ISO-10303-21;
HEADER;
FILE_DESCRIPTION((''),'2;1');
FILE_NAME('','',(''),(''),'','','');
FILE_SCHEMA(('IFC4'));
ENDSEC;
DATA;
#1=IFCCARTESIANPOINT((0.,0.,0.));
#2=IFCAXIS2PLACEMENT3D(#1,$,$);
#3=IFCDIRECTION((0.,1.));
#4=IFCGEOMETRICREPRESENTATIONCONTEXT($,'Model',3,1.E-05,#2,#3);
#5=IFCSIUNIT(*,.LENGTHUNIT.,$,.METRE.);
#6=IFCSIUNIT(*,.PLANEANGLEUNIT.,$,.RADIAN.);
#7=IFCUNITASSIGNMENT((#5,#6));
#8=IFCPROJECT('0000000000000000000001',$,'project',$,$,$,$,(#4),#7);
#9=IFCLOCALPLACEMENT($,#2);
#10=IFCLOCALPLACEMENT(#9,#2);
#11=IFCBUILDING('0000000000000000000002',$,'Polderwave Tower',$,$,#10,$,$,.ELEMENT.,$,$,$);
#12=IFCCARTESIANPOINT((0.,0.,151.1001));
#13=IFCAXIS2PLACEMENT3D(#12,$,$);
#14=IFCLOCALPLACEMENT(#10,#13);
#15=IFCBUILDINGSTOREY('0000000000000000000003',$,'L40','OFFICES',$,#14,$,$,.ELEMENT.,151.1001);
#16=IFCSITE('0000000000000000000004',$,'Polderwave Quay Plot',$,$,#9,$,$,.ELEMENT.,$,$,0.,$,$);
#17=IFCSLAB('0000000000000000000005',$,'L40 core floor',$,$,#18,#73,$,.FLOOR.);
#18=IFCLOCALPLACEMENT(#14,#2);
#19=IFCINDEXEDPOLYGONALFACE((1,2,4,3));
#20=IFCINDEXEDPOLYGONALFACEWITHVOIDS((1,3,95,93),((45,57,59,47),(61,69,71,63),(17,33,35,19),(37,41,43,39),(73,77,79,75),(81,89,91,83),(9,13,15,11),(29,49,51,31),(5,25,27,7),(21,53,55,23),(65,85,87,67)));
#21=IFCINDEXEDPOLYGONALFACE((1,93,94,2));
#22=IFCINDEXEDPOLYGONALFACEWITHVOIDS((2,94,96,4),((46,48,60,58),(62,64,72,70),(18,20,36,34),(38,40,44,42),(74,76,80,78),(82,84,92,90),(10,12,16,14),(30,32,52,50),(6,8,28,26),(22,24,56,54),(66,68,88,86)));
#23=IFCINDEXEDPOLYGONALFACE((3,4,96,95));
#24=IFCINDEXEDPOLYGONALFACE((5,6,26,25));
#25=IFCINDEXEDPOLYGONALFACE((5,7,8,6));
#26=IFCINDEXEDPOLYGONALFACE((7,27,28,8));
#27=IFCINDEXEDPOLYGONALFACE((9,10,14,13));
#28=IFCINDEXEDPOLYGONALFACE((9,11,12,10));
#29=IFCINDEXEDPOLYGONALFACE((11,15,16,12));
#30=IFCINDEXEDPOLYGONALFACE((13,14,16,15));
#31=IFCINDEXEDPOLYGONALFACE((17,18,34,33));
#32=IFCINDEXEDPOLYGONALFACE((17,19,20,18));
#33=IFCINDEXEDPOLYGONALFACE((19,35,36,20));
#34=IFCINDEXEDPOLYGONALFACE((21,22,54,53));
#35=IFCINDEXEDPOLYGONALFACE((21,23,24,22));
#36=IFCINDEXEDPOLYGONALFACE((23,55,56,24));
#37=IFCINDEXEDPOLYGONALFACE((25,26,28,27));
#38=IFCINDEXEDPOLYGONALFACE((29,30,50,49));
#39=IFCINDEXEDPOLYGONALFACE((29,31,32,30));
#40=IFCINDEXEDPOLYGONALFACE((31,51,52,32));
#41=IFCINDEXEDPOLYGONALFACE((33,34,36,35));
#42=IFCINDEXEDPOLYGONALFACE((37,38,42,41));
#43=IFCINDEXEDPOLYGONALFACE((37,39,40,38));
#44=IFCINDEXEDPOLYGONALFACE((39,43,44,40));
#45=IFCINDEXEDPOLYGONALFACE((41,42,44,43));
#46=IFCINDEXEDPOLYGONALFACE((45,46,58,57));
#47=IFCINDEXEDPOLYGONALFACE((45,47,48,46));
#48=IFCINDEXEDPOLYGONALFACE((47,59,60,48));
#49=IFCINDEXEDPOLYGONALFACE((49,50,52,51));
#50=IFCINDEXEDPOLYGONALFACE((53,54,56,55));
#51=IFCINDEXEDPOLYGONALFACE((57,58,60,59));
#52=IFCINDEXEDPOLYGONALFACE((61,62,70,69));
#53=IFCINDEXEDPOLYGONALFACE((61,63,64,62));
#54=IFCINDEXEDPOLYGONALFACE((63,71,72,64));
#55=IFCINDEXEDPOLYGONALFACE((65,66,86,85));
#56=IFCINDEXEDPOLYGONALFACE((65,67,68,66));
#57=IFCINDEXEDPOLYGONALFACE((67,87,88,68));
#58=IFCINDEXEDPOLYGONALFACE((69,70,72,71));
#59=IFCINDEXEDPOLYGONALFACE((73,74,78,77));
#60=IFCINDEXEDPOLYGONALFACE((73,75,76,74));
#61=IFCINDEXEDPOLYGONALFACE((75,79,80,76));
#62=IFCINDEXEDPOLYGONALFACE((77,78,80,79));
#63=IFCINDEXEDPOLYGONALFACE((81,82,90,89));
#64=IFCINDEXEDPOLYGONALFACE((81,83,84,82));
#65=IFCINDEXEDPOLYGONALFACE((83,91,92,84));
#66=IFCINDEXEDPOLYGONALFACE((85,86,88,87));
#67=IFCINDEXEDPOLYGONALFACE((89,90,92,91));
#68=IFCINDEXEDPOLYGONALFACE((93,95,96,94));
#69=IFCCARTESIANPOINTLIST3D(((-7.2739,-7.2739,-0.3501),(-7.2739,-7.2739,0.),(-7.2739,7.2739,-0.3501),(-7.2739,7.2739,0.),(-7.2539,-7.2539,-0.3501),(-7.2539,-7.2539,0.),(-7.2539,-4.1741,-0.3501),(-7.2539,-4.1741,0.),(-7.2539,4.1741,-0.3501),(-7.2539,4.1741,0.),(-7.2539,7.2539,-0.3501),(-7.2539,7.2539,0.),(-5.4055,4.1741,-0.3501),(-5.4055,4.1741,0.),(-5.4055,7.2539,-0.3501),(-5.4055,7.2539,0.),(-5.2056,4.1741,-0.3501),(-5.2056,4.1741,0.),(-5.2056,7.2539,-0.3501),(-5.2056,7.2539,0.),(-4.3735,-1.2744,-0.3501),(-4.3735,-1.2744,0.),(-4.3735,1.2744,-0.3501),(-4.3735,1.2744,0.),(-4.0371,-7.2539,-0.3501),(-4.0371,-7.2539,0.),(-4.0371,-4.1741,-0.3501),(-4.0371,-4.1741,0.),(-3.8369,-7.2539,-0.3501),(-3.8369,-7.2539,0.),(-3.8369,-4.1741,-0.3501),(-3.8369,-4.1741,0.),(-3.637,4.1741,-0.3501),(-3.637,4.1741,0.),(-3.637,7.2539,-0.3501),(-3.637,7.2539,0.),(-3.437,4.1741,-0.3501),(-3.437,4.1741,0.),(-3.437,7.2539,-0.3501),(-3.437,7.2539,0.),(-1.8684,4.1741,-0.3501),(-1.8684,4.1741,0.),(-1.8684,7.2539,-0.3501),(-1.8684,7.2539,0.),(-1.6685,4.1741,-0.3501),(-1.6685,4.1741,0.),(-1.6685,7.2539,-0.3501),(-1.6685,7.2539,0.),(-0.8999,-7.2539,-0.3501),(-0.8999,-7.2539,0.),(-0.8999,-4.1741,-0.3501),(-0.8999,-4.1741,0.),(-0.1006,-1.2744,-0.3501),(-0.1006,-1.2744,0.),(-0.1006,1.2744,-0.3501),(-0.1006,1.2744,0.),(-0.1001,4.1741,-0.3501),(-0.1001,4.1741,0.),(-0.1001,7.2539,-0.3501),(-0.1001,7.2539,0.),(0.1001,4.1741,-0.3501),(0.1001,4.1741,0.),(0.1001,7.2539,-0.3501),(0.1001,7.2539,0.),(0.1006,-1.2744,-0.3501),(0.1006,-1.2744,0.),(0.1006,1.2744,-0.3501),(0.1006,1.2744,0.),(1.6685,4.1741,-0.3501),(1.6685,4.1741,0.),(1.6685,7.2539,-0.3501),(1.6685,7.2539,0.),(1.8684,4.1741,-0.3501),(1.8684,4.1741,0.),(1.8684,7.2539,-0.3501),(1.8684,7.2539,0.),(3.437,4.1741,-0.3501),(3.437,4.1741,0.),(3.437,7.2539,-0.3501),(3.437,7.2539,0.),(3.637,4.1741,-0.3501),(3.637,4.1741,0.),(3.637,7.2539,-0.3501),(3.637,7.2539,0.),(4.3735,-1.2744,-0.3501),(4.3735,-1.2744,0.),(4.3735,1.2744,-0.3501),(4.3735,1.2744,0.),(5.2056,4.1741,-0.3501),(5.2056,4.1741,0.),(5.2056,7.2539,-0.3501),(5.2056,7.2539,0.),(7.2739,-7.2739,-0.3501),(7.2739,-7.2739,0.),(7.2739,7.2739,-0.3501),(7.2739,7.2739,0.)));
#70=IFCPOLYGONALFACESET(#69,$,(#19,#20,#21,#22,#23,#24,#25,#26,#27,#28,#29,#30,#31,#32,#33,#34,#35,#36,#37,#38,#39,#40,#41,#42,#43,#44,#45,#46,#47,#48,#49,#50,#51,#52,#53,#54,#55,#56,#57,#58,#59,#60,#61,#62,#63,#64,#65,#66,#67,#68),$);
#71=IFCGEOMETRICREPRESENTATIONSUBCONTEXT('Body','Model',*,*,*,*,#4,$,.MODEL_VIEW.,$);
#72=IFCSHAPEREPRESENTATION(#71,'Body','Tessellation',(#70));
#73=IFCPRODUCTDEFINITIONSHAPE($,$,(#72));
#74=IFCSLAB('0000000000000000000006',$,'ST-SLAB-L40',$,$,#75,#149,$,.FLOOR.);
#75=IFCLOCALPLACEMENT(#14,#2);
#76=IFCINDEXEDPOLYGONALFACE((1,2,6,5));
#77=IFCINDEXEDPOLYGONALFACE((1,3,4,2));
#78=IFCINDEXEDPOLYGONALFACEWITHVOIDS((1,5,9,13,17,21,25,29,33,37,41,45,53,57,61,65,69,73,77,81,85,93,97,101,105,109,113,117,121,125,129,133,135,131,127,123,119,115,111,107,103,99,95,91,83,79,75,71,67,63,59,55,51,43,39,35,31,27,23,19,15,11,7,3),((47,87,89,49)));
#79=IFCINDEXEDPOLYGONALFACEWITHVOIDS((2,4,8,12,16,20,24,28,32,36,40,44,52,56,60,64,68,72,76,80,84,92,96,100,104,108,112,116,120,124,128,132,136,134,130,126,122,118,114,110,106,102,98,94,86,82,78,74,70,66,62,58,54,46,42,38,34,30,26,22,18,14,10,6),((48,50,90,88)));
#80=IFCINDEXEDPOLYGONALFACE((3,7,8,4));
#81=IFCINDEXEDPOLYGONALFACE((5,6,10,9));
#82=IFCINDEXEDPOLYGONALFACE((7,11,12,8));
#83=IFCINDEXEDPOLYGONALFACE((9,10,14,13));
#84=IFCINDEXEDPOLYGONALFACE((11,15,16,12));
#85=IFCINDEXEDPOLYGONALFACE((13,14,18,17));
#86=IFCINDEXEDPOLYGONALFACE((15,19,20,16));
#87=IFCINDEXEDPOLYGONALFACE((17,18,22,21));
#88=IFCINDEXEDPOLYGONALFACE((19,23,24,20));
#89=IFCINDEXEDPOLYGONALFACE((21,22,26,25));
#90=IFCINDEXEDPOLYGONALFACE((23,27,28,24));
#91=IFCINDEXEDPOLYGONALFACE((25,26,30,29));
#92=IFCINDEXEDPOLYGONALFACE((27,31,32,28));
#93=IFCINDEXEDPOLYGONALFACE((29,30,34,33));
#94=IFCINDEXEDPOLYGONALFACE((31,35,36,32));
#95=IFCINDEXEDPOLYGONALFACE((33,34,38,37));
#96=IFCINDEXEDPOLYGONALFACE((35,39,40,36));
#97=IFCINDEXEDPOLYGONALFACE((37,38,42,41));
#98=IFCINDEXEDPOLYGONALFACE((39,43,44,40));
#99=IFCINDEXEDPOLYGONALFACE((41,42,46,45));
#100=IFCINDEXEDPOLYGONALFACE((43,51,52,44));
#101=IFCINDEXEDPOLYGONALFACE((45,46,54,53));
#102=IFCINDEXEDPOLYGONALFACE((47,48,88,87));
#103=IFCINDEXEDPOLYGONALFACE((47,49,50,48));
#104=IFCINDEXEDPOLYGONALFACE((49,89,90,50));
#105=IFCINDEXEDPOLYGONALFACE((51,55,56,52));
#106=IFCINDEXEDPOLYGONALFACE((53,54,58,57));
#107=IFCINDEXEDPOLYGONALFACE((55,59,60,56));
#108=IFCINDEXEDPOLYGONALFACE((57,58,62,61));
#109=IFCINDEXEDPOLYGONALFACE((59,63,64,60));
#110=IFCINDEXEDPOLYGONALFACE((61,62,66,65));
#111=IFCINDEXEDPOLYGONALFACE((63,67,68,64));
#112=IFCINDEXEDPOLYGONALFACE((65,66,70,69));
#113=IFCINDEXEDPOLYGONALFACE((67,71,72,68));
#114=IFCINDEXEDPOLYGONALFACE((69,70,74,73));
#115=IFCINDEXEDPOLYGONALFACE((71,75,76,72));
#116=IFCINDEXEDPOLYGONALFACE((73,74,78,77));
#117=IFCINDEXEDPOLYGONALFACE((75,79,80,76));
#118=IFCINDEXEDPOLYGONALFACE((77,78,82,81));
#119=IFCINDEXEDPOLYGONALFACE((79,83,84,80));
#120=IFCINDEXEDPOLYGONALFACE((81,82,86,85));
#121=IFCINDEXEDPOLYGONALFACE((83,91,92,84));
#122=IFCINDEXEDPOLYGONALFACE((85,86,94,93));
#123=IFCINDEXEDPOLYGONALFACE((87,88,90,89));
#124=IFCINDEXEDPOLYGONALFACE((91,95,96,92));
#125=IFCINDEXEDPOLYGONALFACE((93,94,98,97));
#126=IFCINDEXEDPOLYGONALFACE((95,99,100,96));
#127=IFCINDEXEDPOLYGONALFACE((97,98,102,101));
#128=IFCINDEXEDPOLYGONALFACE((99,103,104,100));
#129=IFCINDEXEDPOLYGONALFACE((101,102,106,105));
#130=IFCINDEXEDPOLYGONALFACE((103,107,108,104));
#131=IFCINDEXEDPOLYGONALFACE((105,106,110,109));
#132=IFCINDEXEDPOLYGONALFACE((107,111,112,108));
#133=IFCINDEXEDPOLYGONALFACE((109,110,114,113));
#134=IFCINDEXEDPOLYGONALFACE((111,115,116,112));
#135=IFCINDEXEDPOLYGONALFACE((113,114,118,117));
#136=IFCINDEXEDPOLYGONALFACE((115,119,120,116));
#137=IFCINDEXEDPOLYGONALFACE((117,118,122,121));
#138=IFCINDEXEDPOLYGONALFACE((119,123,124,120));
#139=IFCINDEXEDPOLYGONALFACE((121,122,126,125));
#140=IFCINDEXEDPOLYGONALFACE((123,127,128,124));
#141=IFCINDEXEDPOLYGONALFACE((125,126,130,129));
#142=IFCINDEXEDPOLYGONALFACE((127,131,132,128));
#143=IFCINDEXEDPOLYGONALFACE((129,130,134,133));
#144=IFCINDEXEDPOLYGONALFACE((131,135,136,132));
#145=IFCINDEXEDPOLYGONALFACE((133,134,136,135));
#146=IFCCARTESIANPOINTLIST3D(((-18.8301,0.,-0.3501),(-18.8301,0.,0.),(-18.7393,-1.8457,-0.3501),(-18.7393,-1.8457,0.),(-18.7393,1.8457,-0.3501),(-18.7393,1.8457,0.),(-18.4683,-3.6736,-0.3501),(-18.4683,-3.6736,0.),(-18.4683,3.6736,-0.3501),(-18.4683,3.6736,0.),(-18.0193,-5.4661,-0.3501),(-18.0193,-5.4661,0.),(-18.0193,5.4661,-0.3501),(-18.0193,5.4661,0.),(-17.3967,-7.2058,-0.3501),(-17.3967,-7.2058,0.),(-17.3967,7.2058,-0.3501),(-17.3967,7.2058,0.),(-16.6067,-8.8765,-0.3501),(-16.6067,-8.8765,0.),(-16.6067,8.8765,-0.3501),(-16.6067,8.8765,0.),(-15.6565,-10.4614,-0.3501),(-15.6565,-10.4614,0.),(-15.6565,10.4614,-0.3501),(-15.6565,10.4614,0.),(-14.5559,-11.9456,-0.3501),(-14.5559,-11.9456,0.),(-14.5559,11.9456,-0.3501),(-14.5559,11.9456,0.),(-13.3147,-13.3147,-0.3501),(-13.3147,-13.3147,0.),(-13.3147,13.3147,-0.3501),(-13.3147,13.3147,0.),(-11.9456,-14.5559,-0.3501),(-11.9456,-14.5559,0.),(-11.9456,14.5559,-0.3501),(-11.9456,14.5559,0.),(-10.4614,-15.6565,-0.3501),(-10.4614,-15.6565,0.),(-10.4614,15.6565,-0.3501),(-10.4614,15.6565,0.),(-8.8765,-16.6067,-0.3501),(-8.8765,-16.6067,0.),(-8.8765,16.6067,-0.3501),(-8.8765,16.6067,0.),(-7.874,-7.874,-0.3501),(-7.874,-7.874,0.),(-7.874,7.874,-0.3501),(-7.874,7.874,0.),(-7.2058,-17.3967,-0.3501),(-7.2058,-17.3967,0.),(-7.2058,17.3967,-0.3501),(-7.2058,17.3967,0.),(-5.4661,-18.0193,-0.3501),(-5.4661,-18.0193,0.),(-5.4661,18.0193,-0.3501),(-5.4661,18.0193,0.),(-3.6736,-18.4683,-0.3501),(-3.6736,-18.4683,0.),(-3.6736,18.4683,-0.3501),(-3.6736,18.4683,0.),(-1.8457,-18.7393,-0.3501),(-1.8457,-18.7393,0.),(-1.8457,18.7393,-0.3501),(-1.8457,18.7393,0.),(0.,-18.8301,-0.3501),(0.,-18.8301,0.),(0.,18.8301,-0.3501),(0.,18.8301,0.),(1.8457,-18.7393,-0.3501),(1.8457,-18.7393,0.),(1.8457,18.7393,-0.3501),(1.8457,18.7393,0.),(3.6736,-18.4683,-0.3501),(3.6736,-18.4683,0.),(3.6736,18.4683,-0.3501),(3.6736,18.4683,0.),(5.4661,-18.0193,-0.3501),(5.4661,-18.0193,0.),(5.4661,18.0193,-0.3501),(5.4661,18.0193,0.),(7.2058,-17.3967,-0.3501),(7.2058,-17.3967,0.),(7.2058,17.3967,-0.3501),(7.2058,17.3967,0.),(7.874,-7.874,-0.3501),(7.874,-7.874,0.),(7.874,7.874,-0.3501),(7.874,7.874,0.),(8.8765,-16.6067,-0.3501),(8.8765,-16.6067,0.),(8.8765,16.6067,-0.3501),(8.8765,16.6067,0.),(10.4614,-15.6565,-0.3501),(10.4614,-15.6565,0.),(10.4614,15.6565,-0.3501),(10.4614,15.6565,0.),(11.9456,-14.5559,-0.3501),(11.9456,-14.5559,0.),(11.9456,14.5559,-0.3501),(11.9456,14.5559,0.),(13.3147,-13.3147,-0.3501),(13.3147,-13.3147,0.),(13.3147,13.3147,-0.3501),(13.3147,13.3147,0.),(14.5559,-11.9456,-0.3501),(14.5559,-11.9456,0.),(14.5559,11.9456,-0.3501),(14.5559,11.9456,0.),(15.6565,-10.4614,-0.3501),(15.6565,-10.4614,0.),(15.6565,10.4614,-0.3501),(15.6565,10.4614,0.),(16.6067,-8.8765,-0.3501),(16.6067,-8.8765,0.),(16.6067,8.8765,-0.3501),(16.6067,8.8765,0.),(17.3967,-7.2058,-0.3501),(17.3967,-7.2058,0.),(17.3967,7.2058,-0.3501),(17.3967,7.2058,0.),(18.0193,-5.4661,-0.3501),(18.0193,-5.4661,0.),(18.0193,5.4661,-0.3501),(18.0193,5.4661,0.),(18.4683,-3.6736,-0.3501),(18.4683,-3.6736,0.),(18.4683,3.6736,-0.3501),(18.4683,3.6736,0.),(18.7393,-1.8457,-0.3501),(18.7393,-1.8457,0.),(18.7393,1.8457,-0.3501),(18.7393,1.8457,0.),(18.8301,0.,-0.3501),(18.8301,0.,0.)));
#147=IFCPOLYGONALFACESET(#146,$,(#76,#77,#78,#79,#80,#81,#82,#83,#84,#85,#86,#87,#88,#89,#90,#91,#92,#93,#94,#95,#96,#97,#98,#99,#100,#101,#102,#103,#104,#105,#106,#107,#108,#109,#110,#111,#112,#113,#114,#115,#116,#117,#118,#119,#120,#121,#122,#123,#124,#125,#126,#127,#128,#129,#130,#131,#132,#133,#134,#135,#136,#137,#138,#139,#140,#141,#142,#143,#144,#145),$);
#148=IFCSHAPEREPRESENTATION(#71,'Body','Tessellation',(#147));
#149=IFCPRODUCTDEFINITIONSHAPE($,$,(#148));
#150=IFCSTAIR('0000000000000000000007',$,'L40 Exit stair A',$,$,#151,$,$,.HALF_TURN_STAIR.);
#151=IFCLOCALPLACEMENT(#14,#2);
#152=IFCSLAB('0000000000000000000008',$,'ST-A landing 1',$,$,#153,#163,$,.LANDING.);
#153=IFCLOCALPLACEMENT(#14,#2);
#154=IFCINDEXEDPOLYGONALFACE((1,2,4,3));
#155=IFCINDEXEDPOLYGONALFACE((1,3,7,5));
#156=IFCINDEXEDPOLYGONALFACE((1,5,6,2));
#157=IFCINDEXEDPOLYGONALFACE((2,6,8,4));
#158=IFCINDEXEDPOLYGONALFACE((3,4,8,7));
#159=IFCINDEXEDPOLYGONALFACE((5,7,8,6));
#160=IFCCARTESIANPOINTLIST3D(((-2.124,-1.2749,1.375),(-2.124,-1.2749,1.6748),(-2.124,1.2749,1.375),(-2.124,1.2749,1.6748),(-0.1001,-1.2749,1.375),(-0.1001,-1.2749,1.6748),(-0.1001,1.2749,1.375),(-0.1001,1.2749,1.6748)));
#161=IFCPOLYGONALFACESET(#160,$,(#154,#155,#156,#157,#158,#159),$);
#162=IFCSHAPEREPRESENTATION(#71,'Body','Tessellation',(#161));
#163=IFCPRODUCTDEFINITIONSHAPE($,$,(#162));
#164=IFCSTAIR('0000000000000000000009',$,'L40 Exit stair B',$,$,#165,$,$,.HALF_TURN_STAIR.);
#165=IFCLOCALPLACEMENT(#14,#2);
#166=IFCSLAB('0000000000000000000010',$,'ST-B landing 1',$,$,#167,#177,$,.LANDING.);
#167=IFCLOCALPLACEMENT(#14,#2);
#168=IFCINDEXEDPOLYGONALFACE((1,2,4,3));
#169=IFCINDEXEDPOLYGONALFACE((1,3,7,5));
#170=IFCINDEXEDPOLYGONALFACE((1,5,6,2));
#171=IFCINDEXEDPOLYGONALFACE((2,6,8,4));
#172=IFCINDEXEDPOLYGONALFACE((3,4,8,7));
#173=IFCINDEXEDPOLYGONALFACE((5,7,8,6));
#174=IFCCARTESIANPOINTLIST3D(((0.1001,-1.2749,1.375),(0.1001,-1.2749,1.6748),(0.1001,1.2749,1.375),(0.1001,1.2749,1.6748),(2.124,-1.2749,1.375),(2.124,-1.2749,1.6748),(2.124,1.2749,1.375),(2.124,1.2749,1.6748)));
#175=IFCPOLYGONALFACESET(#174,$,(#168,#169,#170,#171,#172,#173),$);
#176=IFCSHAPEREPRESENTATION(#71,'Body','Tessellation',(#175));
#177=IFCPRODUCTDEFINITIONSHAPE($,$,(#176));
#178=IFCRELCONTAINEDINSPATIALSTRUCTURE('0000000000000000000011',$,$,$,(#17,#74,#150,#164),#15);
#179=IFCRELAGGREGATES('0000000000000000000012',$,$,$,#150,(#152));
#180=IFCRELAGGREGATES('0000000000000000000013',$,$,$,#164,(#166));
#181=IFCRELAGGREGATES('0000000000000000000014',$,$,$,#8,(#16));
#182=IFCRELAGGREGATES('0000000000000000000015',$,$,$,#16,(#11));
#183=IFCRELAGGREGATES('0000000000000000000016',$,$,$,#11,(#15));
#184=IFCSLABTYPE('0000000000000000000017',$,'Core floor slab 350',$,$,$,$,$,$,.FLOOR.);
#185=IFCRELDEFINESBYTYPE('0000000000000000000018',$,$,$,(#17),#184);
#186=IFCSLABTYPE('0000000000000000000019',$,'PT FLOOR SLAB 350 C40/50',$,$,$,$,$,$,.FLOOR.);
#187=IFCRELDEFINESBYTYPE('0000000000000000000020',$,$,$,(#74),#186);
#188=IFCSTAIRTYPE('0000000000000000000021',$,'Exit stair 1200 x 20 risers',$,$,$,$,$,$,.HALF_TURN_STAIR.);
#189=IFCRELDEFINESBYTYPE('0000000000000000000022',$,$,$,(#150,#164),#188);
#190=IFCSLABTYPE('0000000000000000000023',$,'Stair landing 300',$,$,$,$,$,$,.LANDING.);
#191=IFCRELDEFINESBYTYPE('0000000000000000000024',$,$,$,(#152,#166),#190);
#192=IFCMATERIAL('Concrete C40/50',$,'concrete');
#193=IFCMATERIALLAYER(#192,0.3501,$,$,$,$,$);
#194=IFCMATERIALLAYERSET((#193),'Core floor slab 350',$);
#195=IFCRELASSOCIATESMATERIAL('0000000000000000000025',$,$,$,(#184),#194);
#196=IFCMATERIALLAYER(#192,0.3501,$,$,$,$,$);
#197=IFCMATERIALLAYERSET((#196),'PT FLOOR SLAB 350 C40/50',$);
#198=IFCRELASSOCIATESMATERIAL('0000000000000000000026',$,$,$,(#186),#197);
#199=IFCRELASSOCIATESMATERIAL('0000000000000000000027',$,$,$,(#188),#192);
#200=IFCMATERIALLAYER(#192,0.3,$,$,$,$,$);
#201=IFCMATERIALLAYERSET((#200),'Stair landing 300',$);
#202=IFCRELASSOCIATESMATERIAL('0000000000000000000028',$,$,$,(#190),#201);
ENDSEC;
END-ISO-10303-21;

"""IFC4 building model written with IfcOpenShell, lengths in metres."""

from ifc_helpers import new_model, si_unit, direction, frame, origin, place, context, subcontext, project, spatial, polyline, outline, extrude, material, layer, layer_set, type_object, element, aggregate, save


model = new_model("IFC4")

# Units and contexts
model_context = context("Model", 3, precision=1e-05, world=origin(), true_north=direction((0.0, 1.0)))
body_context = subcontext(model_context, "Body", "Model", "MODEL_VIEW")
ifc_project = project(units=[si_unit("LENGTHUNIT", "METRE"), si_unit("PLANEANGLEUNIT", "RADIAN")], contexts=[model_context])

# Site, building, storey
site_placement = place(None, origin())
site = spatial("IfcSite", under=ifc_project, at=site_placement, Name="Polderwave Quay Plot", CompositionType="ELEMENT", RefElevation=0.0)
building_placement = place(site_placement, origin())
building = spatial("IfcBuilding", under=site, at=building_placement, Name="Polderwave Tower", CompositionType="ELEMENT")
storey_placement = place(building_placement, frame((0.0, 0.0, 151.1001)))
storey = spatial("IfcBuildingStorey", under=building, at=storey_placement, Name="L40", Description="OFFICES", CompositionType="ELEMENT", Elevation=151.1001)

# Slabs
ifc_material_1 = material(Name="Concrete C40/50", Category="concrete")
ifc_layer_1 = layer(ifc_material_1, 0.3501)
ifc_layer_set_1 = layer_set([ifc_layer_1], Name="Core floor slab 350")
slab_type_1 = type_object("IfcSlabType", Name="Core floor slab 350", PredefinedType="FLOOR", material=ifc_layer_set_1)
slab_1_placement = place(storey_placement, frame((0.0, 0.0, -0.3501)))
element("IfcSlab", 1, at=slab_1_placement, inside=storey, type_object=slab_type_1, Name="L40 core floor", PredefinedType="FLOOR", context=body_context, shape_type="SweptSolid", body=[
    extrude(outline(polyline([(-7.2739, -7.2739), (7.2739, -7.2739), (7.2739, 7.2739), (-7.2739, 7.2739), (-7.2739, -7.2739)]), holes=[polyline([(-7.2539, -7.2539), (-4.0371, -7.2539), (-4.0371, -4.1741), (-7.2539, -4.1741), (-7.2539, -7.2539)]), polyline([(-3.8369, -7.2539), (-0.8999, -7.2539), (-0.8999, -4.1741), (-3.8369, -4.1741), (-3.8369, -7.2539)]), polyline([(-7.2539, 4.1741), (-5.4055, 4.1741), (-5.4055, 7.2539), (-7.2539, 7.2539), (-7.2539, 4.1741)]), polyline([(-5.2056, 4.1741), (-3.637, 4.1741), (-3.637, 7.2539), (-5.2056, 7.2539), (-5.2056, 4.1741)]), polyline([(-3.437, 4.1741), (-1.8684, 4.1741), (-1.8684, 7.2539), (-3.437, 7.2539), (-3.437, 4.1741)]), polyline([(-1.6685, 4.1741), (-0.1001, 4.1741), (-0.1001, 7.2539), (-1.6685, 7.2539), (-1.6685, 4.1741)]), polyline([(0.1001, 4.1741), (1.6685, 4.1741), (1.6685, 7.2539), (0.1001, 7.2539), (0.1001, 4.1741)]), polyline([(1.8684, 4.1741), (3.437, 4.1741), (3.437, 7.2539), (1.8684, 7.2539), (1.8684, 4.1741)]), polyline([(3.637, 4.1741), (5.2056, 4.1741), (5.2056, 7.2539), (3.637, 7.2539), (3.637, 4.1741)]), polyline([(-4.3735, -1.2744), (-0.1006, -1.2744), (-0.1006, 1.2744), (-4.3735, 1.2744), (-4.3735, -1.2744)]), polyline([(0.1006, -1.2744), (4.3735, -1.2744), (4.3735, 1.2744), (0.1006, 1.2744), (0.1006, -1.2744)])]), origin(), (0.0, 0.0, 1.0), 0.3501),
])
ifc_layer_2 = layer(ifc_material_1, 0.3501)
ifc_layer_set_2 = layer_set([ifc_layer_2], Name="PT FLOOR SLAB 350 C40/50")
slab_type_2 = type_object("IfcSlabType", Name="PT FLOOR SLAB 350 C40/50", PredefinedType="FLOOR", material=ifc_layer_set_2)
slab_2_placement = place(storey_placement, frame((0.0, 0.0, -0.3501)))
element("IfcSlab", 2, at=slab_2_placement, inside=storey, type_object=slab_type_2, Name="ST-SLAB-L40", PredefinedType="FLOOR", context=body_context, shape_type="SweptSolid", body=[
    extrude(outline(polyline([(18.8301, 0.0), (18.7393, 1.8457), (18.4683, 3.6736), (18.0193, 5.4661), (17.3967, 7.2058), (16.6067, 8.8765), (15.6565, 10.4614), (14.5559, 11.9456), (13.3147, 13.3147), (11.9456, 14.5559), (10.4614, 15.6565), (8.8765, 16.6067), (7.2058, 17.3967), (5.4661, 18.0193), (3.6736, 18.4683), (1.8457, 18.7393), (0.0, 18.8301), (-1.8457, 18.7393), (-3.6736, 18.4683), (-5.4661, 18.0193), (-7.2058, 17.3967), (-8.8765, 16.6067), (-10.4614, 15.6565), (-11.9456, 14.5559), (-13.3147, 13.3147), (-14.5559, 11.9456), (-15.6565, 10.4614), (-16.6067, 8.8765), (-17.3967, 7.2058), (-18.0193, 5.4661), (-18.4683, 3.6736), (-18.7393, 1.8457), (-18.8301, 0.0), (-18.7393, -1.8457), (-18.4683, -3.6736), (-18.0193, -5.4661), (-17.3967, -7.2058), (-16.6067, -8.8765), (-15.6565, -10.4614), (-14.5559, -11.9456), (-13.3147, -13.3147), (-11.9456, -14.5559), (-10.4614, -15.6565), (-8.8765, -16.6067), (-7.2058, -17.3967), (-5.4661, -18.0193), (-3.6736, -18.4683), (-1.8457, -18.7393), (0.0, -18.8301), (1.8457, -18.7393), (3.6736, -18.4683), (5.4661, -18.0193), (7.2058, -17.3967), (8.8765, -16.6067), (10.4614, -15.6565), (11.9456, -14.5559), (13.3147, -13.3147), (14.5559, -11.9456), (15.6565, -10.4614), (16.6067, -8.8765), (17.3967, -7.2058), (18.0193, -5.4661), (18.4683, -3.6736), (18.7393, -1.8457), (18.8301, 0.0)]), holes=[polyline([(-7.874, -7.874), (7.874, -7.874), (7.874, 7.874), (-7.874, 7.874), (-7.874, -7.874)])]), origin(), (0.0, 0.0, 1.0), 0.3501),
])

# Stairs, slabs
stair_type = type_object("IfcStairType", Name="Exit stair 1200 x 20 risers", PredefinedType="HALF_TURN_STAIR", material=ifc_material_1)
stair_1_placement = place(storey_placement, origin())
stair_1 = element("IfcStair", 3, at=stair_1_placement, inside=storey, type_object=stair_type, Name="L40 Exit stair A", PredefinedType="HALF_TURN_STAIR")
ifc_layer_3 = layer(ifc_material_1, 0.3)
ifc_layer_set_3 = layer_set([ifc_layer_3], Name="Stair landing 300")
slab_type_3 = type_object("IfcSlabType", Name="Stair landing 300", PredefinedType="LANDING", material=ifc_layer_set_3)
slab_3_placement = place(storey_placement, frame((0.0, 0.0, 1.375)))
slab_3 = element("IfcSlab", 4, at=slab_3_placement, type_object=slab_type_3, Name="ST-A landing 1", PredefinedType="LANDING", context=body_context, shape_type="SweptSolid", body=[
    extrude(outline(polyline([(-2.124, -1.2749), (-0.1001, -1.2749), (-0.1001, 1.2749), (-2.124, 1.2749), (-2.124, -1.2749)])), origin(), (0.0, 0.0, 1.0), 0.2998),
])
aggregate(stair_1, [slab_3])
stair_2_placement = place(storey_placement, origin())
stair_2 = element("IfcStair", 5, at=stair_2_placement, inside=storey, type_object=stair_type, Name="L40 Exit stair B", PredefinedType="HALF_TURN_STAIR")
slab_4_placement = place(storey_placement, frame((0.0, 0.0, 1.375)))
slab_4 = element("IfcSlab", 6, at=slab_4_placement, type_object=slab_type_3, Name="ST-B landing 1", PredefinedType="LANDING", context=body_context, shape_type="SweptSolid", body=[
    extrude(outline(polyline([(2.124, 1.2749), (0.1001, 1.2749), (0.1001, -1.2749), (2.124, -1.2749), (2.124, 1.2749)])), origin(), (0.0, 0.0, 1.0), 0.2998),
])

aggregate(stair_2, [slab_4])

save(model, "model.ifc")
